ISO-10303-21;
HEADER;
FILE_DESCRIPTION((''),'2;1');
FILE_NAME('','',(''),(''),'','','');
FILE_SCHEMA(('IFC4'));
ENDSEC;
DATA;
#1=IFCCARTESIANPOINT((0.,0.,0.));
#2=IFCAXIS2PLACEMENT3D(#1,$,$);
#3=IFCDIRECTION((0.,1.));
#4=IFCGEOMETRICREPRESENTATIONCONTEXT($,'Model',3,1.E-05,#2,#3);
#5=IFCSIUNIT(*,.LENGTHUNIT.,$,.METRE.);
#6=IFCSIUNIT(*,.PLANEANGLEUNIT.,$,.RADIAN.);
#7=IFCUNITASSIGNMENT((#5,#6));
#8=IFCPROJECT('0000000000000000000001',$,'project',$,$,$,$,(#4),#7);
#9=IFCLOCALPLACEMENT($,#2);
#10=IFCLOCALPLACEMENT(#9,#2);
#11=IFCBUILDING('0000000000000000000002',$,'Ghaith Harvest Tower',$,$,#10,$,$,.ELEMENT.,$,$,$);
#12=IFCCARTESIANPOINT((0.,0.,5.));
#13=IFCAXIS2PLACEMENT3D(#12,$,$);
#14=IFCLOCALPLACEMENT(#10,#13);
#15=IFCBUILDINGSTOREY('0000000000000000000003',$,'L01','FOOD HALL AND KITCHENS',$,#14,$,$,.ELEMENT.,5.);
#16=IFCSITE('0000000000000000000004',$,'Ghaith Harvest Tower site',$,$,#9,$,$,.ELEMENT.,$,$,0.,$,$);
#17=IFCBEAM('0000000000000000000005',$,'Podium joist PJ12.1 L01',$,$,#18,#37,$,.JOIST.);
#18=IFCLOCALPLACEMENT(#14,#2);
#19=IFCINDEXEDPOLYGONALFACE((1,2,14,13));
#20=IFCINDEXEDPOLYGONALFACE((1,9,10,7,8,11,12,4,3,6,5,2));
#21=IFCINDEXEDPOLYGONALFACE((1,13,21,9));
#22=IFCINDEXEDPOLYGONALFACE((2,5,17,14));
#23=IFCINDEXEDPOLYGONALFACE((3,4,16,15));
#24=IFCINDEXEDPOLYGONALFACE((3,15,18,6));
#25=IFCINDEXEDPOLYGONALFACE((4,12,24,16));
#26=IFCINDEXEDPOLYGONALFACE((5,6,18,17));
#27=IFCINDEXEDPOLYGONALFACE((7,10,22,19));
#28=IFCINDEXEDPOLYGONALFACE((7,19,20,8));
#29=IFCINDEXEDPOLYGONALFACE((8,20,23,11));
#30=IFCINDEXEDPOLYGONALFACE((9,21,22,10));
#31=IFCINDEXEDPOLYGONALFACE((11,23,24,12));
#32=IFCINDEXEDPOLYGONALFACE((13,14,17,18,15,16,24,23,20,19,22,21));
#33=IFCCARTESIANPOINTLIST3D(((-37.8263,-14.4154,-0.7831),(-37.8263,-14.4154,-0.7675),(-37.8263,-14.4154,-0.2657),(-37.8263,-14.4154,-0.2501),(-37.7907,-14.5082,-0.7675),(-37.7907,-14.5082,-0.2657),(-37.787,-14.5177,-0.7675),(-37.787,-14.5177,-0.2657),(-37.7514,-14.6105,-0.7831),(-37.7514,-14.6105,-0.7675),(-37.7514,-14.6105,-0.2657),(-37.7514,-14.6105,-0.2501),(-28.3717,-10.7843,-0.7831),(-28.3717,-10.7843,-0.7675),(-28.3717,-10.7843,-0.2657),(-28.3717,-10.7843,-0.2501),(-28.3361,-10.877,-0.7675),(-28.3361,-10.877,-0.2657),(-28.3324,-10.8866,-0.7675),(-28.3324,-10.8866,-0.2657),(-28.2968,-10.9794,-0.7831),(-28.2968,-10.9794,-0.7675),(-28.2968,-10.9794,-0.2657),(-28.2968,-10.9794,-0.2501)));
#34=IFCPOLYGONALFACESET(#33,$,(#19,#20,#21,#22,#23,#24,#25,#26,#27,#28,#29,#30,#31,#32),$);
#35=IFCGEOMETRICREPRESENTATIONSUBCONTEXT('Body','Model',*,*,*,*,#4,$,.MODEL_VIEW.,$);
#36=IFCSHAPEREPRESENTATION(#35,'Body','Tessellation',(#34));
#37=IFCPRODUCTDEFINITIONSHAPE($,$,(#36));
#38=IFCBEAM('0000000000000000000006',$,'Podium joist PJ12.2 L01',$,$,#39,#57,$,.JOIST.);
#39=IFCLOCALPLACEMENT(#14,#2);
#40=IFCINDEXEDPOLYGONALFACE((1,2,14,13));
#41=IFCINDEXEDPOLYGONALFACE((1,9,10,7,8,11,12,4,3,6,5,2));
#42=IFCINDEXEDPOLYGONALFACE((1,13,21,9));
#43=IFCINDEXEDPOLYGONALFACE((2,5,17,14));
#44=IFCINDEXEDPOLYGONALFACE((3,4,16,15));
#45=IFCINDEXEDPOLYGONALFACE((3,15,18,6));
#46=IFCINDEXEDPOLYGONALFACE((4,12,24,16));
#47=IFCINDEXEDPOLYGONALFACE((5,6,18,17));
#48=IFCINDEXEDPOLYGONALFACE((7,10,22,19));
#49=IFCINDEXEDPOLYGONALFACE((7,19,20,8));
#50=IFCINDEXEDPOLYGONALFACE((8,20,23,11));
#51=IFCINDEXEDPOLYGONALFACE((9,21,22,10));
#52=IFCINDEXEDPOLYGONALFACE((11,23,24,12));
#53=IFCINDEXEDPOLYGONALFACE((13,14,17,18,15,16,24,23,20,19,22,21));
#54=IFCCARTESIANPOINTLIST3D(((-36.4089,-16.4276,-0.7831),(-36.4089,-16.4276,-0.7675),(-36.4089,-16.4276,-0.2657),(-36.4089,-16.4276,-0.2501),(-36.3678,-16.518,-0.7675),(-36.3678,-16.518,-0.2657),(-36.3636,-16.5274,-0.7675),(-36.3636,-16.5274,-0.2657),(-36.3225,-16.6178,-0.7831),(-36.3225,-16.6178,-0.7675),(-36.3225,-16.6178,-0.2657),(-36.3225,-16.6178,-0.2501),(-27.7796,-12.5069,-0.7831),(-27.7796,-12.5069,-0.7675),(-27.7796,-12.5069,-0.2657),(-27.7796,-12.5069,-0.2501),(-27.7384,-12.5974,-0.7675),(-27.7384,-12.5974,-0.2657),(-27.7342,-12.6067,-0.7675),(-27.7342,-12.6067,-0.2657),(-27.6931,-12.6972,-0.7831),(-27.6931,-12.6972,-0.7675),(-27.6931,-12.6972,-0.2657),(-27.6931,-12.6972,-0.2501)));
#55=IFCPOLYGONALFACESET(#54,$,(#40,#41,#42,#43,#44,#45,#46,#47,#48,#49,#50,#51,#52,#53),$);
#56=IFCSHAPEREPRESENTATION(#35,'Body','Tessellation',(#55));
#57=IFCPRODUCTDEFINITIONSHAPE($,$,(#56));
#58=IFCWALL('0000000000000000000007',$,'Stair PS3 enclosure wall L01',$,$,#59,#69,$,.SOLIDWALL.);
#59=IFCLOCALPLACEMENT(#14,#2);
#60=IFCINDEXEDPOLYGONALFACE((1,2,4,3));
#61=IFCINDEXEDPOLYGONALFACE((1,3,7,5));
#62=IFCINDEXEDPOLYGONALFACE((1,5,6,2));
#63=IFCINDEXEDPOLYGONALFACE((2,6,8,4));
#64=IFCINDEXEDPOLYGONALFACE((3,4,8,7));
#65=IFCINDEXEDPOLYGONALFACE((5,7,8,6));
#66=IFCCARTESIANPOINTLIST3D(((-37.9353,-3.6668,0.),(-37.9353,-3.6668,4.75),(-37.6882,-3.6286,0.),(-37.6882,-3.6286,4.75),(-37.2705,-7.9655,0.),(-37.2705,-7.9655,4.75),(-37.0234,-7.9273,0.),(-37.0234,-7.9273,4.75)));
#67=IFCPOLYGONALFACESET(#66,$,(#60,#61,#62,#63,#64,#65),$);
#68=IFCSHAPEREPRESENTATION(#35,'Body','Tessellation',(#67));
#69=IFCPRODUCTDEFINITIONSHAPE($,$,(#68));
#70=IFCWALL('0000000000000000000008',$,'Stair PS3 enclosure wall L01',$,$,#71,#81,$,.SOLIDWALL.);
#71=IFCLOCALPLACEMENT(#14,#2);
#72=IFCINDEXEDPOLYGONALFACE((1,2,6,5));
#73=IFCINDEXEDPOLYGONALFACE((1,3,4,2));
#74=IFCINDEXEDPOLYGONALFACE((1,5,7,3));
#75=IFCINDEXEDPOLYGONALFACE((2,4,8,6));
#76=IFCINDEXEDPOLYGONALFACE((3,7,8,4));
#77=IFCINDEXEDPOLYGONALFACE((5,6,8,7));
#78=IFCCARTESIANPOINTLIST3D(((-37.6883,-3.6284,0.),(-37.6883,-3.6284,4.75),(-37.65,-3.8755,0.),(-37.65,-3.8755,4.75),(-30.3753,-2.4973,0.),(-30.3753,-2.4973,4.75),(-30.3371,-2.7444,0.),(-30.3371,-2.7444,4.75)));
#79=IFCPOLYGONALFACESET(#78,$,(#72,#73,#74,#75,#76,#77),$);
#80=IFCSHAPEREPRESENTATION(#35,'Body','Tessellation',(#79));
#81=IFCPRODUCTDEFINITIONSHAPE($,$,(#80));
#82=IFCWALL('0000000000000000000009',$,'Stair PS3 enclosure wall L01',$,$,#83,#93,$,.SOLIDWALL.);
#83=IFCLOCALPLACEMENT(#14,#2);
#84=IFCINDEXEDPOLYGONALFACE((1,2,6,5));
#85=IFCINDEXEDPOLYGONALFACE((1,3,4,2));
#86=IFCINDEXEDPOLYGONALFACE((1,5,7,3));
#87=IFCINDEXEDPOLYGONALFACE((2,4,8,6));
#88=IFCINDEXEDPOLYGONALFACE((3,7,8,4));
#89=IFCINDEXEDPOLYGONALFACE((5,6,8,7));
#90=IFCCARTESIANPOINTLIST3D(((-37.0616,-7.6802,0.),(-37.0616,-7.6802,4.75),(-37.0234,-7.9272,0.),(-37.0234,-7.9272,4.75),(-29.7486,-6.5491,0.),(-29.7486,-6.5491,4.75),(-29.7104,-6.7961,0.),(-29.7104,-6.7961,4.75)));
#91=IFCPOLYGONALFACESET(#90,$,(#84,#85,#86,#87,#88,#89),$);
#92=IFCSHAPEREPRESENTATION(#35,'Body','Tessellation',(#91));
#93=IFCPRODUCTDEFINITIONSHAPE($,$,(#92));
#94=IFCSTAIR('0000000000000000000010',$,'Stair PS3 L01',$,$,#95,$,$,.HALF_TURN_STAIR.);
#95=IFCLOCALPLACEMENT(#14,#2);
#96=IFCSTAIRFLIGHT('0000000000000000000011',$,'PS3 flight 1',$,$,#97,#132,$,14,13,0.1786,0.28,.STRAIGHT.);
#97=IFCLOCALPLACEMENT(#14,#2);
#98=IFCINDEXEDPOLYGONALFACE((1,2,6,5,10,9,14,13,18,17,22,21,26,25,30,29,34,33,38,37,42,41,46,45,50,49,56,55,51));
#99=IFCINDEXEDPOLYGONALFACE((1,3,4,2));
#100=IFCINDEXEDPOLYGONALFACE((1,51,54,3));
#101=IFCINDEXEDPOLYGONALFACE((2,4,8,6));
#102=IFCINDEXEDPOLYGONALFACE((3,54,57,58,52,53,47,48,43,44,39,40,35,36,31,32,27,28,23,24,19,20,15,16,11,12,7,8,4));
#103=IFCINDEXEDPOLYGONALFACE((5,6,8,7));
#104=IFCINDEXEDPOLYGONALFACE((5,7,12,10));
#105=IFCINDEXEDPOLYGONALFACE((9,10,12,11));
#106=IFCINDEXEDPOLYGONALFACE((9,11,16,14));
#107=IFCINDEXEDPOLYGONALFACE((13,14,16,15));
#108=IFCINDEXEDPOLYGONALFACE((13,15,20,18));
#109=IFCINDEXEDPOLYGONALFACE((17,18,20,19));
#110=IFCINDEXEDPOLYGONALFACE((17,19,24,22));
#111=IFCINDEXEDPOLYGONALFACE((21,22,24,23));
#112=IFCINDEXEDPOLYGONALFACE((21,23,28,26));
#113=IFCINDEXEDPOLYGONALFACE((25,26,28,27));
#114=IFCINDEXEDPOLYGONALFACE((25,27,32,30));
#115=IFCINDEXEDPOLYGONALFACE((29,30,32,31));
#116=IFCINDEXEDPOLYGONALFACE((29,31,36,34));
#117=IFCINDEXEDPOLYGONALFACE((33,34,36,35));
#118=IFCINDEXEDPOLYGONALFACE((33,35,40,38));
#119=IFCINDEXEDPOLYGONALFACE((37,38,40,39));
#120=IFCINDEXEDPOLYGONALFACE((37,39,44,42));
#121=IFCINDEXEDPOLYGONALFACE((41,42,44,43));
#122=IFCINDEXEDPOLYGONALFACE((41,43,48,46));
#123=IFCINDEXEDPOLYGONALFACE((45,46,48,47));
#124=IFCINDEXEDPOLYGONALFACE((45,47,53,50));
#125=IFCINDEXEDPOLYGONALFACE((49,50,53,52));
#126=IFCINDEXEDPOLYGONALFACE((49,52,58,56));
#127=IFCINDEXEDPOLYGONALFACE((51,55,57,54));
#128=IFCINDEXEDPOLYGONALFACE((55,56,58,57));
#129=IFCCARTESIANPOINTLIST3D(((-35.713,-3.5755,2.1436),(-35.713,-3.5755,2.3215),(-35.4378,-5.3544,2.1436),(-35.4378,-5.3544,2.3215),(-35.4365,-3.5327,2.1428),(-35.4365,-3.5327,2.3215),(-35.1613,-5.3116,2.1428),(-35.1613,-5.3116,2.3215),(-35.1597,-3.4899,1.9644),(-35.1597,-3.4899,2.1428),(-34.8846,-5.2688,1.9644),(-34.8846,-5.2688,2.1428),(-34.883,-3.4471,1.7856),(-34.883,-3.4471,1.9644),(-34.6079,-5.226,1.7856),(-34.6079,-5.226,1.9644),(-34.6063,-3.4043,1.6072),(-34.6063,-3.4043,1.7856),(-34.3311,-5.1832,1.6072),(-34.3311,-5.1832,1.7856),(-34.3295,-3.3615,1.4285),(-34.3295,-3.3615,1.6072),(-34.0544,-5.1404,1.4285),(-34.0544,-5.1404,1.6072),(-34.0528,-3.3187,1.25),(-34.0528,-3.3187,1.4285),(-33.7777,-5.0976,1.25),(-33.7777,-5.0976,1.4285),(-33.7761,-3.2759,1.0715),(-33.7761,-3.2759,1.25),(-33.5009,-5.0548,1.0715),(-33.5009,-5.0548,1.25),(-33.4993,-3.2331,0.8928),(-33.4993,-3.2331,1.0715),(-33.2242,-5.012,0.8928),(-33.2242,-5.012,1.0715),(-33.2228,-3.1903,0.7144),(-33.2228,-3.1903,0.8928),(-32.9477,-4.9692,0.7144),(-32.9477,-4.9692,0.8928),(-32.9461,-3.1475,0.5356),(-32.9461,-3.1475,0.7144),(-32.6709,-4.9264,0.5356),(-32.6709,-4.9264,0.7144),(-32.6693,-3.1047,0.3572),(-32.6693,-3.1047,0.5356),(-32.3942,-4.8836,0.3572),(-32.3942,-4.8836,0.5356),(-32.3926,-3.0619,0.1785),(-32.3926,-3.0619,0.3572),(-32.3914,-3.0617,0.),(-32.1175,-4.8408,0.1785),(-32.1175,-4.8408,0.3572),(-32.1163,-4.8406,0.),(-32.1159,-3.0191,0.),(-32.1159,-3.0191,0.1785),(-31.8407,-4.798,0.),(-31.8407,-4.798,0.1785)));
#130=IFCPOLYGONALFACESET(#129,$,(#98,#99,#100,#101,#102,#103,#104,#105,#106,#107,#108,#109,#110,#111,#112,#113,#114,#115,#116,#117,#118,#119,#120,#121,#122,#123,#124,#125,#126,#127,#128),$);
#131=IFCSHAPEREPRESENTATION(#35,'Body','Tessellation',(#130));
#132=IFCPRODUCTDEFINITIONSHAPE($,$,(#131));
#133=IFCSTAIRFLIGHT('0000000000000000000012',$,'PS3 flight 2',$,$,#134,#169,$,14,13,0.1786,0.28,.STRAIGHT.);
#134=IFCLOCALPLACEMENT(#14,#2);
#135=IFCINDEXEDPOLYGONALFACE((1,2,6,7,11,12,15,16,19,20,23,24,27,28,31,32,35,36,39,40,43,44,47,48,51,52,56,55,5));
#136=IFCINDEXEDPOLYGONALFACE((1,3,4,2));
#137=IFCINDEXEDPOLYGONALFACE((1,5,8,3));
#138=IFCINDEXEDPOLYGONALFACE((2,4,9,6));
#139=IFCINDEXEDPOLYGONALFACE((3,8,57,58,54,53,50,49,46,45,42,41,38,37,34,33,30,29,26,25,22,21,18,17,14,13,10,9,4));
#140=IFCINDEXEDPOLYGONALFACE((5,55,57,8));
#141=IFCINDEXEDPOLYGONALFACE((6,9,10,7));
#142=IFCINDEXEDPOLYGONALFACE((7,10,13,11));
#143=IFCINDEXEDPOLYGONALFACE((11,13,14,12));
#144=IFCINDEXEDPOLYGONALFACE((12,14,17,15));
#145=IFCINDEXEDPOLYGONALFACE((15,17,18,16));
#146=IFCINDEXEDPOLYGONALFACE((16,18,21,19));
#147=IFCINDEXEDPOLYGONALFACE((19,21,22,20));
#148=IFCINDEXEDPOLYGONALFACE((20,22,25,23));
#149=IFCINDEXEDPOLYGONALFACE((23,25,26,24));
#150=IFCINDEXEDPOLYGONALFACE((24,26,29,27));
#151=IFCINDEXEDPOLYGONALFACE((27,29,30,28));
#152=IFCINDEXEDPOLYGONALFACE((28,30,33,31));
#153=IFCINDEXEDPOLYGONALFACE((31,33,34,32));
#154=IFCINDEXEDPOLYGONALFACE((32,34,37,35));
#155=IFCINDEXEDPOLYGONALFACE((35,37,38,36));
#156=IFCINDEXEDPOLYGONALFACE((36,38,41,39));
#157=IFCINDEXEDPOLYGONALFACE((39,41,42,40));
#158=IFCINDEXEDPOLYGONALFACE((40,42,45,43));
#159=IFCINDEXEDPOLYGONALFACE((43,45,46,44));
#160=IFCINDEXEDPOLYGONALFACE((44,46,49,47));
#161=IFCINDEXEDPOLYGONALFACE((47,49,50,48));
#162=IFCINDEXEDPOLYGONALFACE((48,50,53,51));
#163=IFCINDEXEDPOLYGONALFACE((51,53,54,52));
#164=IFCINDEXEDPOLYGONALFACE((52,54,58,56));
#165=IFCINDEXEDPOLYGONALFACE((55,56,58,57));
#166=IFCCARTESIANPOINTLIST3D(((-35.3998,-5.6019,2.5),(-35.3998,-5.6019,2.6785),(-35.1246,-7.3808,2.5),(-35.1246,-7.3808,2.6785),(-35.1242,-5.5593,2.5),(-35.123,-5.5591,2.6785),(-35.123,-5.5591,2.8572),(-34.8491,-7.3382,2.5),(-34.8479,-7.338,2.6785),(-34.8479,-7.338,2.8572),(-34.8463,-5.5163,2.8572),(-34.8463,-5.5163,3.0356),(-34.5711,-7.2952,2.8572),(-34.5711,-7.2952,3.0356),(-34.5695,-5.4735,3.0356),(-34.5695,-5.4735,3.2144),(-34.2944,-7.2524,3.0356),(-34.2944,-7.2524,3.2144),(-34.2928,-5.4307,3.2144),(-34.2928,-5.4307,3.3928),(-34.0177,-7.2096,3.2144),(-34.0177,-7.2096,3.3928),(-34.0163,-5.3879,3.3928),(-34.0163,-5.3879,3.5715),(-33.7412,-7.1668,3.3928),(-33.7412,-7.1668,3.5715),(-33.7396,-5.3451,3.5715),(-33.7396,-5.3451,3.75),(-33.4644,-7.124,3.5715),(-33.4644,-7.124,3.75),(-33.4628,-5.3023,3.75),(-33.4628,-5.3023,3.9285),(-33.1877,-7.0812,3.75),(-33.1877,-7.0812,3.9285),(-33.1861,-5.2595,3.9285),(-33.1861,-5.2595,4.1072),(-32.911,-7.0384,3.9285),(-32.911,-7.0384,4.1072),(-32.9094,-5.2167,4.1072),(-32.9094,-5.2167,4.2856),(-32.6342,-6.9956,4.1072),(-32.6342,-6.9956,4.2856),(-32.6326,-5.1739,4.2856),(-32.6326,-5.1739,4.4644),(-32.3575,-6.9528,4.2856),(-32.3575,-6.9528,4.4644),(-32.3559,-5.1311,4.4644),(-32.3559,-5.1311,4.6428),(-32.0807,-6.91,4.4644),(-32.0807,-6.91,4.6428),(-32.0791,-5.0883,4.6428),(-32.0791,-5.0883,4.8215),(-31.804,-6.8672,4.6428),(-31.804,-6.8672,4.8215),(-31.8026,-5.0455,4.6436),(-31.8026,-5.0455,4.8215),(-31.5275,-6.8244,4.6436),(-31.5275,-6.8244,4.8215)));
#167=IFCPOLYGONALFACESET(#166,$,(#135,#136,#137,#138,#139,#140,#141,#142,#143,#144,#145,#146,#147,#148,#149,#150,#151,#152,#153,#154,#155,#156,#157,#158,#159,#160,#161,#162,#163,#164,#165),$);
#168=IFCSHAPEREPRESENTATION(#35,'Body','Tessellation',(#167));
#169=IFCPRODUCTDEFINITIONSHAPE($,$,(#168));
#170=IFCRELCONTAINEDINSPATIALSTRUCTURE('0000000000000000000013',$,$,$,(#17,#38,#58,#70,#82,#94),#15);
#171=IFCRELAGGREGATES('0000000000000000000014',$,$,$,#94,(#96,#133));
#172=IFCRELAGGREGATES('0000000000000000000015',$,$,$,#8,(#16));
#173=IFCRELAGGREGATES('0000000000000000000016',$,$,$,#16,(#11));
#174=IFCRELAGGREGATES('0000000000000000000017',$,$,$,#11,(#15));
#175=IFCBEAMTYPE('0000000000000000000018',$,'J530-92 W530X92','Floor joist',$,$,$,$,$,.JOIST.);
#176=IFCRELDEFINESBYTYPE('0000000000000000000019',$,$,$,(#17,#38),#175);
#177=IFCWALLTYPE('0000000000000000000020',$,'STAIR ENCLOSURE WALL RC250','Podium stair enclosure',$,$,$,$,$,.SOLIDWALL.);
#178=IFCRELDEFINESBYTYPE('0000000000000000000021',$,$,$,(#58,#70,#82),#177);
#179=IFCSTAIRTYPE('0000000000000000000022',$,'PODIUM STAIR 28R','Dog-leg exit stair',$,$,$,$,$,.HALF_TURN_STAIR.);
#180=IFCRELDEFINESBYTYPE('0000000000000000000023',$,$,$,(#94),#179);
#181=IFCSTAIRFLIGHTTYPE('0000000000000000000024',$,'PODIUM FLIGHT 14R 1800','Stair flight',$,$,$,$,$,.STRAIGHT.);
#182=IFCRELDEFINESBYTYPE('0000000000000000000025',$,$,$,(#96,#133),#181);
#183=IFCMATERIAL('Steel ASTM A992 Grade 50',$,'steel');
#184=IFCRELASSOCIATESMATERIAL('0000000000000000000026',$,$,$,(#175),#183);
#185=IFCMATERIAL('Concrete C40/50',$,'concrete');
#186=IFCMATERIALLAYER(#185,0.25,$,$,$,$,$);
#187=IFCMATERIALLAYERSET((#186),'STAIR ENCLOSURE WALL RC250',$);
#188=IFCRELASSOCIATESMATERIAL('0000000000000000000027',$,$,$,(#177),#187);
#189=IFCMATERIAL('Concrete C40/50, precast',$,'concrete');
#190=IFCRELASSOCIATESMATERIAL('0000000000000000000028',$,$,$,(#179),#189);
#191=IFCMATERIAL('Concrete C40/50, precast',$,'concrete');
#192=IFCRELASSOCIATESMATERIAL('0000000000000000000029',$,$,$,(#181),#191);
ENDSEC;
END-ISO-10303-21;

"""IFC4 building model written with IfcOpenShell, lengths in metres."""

from ifc_helpers import new_model, si_unit, direction, frame, frame_2d, origin, origin_2d, place, context, subcontext, project, spatial, polyline, rectangle, i_section, outline, extrude, material, layer, layer_set, material_profile, profile_set, type_object, element, aggregate, save


model = new_model("IFC4")

# Units and contexts
model_context = context("Model", 3, precision=1e-05, world=origin(), true_north=direction((0.0, 1.0)))
body_context = subcontext(model_context, "Body", "Model", "MODEL_VIEW")
ifc_project = project(units=[si_unit("LENGTHUNIT", "METRE"), si_unit("PLANEANGLEUNIT", "RADIAN")], contexts=[model_context])

# Site, building, storey
site_placement = place(None, origin())
site = spatial("IfcSite", under=ifc_project, at=site_placement, Name="Ghaith Harvest Tower site", CompositionType="ELEMENT", RefElevation=0.0)
building_placement = place(site_placement, origin())
building = spatial("IfcBuilding", under=site, at=building_placement, Name="Ghaith Harvest Tower", CompositionType="ELEMENT")
storey_placement = place(building_placement, frame((0.0, 0.0, 5.0)))
storey = spatial("IfcBuildingStorey", under=building, at=storey_placement, Name="L01", Description="FOOD HALL AND KITCHENS", CompositionType="ELEMENT", Elevation=5.0)

# Beams
ifc_material_1 = material(Name="Steel ASTM A992 Grade 50", Category="steel")
ifc_material_profile_1 = material_profile(ifc_material_1, i_section(OverallWidth=0.209, OverallDepth=0.533, WebThickness=0.0103, FlangeThickness=0.0156, at=origin_2d()), Name="W530X92")
ifc_profile_set_1 = profile_set([ifc_material_profile_1], Name="Steel ASTM A992 Grade 50")
beam_type_1 = type_object("IfcBeamType", Name="J530-92 W530X92", Description="Floor joist", PredefinedType="JOIST", material=ifc_profile_set_1)
beam_1_placement = place(storey_placement, frame((-28.3342, -10.8818, -0.5166), z_axis=(-0.93352, -0.358525, 0.0), x_axis=(0.358525, -0.93352, 0.0)))
element("IfcBeam", 1, at=beam_1_placement, inside=storey, type_object=beam_type_1, Name="Podium joist PJ12.1 L01", PredefinedType="JOIST", context=body_context, shape_type="SweptSolid", body=[
    extrude(i_section(OverallWidth=0.209, OverallDepth=0.533, WebThickness=0.0103, FlangeThickness=0.0156, at=origin_2d()), origin(), (0.0, 0.0, 1.0), 10.1279),
])
beam_2_placement = place(storey_placement, frame((-27.7363, -12.6021, -0.5166), z_axis=(-0.910438, -0.413646, 0.0), x_axis=(0.413646, -0.910438, 0.0)))
element("IfcBeam", 2, at=beam_2_placement, inside=storey, type_object=beam_type_1, Name="Podium joist PJ12.2 L01", PredefinedType="JOIST", context=body_context, shape_type="SweptSolid", body=[
    extrude(i_section(OverallWidth=0.209, OverallDepth=0.533, WebThickness=0.0103, FlangeThickness=0.0156, at=origin_2d()), origin(), (0.0, 0.0, 1.0), 9.4783),
])

# Shared definitions
ifc_material_2 = material(Name="Concrete C40/50", Category="concrete")
ifc_layer = layer(ifc_material_2, 0.25)
ifc_layer_set = layer_set([ifc_layer], Name="STAIR ENCLOSURE WALL RC250")
wall_type = type_object("IfcWallType", Name="STAIR ENCLOSURE WALL RC250", Description="Podium stair enclosure", PredefinedType="SOLIDWALL", material=ifc_layer_set)

# Walls
wall_1_placement = place(storey_placement, frame((-37.147, -7.9463, 0.0), z_axis=(0.0, 0.0, 1.0), x_axis=(-0.152829, 0.988253, 0.0)))
element("IfcWall", 3, at=wall_1_placement, inside=storey, type_object=wall_type, Name="Stair PS3 enclosure wall L01", PredefinedType="SOLIDWALL", context=body_context, shape_type="SweptSolid", body=[
    extrude(rectangle(XDim=4.3499, YDim=0.25, at=frame_2d((2.1748, 0.0))), origin(), (0.0, 0.0, 1.0), 4.75),
])
for number, where, z_axis, x_axis, name in (
    (4, (-30.3562, -2.6208, 0.0), (0.0, 0.0, 1.0), (-0.988249, -0.152853, 0.0), "Stair PS3 enclosure wall L01"),
    (5, (-37.0425, -7.8037, 0.0), (0.0, 0.0, 1.0), (0.988249, 0.152853, 0.0), "Stair PS3 enclosure wall L01"),
):
    element("IfcWall", number, at=place(storey_placement, frame(where, z_axis=z_axis, x_axis=x_axis)), inside=storey, type_object=wall_type, Name=name, PredefinedType="SOLIDWALL", context=body_context, shape_type="SweptSolid", body=[
        extrude(rectangle(XDim=7.3999, YDim=0.25, at=frame_2d((3.7, 0.0))), origin(), (0.0, 0.0, 1.0), 4.75),
    ])

# Stair, stair flights
ifc_material_3 = material(Name="Concrete C40/50, precast", Category="concrete")
stair_type = type_object("IfcStairType", Name="PODIUM STAIR 28R", Description="Dog-leg exit stair", PredefinedType="HALF_TURN_STAIR", material=ifc_material_3)
stair_placement = place(storey_placement, origin())
stair = element("IfcStair", 6, at=stair_placement, inside=storey, type_object=stair_type, Name="Stair PS3 L01", PredefinedType="HALF_TURN_STAIR")
ifc_material_4 = material(Name="Concrete C40/50, precast", Category="concrete")
stair_flight_type = type_object("IfcStairFlightType", Name="PODIUM FLIGHT 14R 1800", Description="Stair flight", PredefinedType="STRAIGHT", material=ifc_material_4)
stair_flight_1_placement = place(storey_placement, frame((-31.9783, -3.9087, 0.0), z_axis=(0.0, 0.0, 1.0), x_axis=(-0.988249, -0.152851, 0.0)))
stair_flight_1 = element("IfcStairFlight", 7, at=stair_flight_1_placement, type_object=stair_flight_type, Name="PS3 flight 1", NumberOfRisers=14, NumberOfTreads=13, PredefinedType="STRAIGHT", RiserHeight=0.1786, TreadLength=0.28, context=body_context, shape_type="SweptSolid", body=[
    extrude(outline(polyline([(0.0, 0.0), (0.0, 0.1785), (0.28, 0.1785), (0.28, 0.3572), (0.5601, 0.3572), (0.5601, 0.5356), (0.8401, 0.5356), (0.8401, 0.7144), (1.1201, 0.7144), (1.1201, 0.8928), (1.3999, 0.8928), (1.3999, 1.0715), (1.6799, 1.0715), (1.6799, 1.25), (1.96, 1.25), (1.96, 1.4285), (2.24, 1.4285), (2.24, 1.6072), (2.52, 1.6072), (2.52, 1.7856), (2.8, 1.7856), (2.8, 1.9644), (3.0801, 1.9644), (3.0801, 2.1428), (3.3601, 2.1428), (3.3601, 2.3215), (3.6399, 2.3215), (3.6399, 2.5), (3.6399, 2.1436), (0.2788, 0.0), (0.0, 0.0)])), frame((0.0, 0.8999, 0.0), z_axis=(0.0, -1.0, 0.0), x_axis=(1.0, 0.0, 0.0)), (0.0, 0.0, 1.0), 1.8),
])
stair_flight_2_placement = place(storey_placement, frame((-35.2622, -6.4912, 2.5), z_axis=(0.0, 0.0, 1.0), x_axis=(0.988249, 0.152851, 0.0)))
stair_flight_2 = element("IfcStairFlight", 8, at=stair_flight_2_placement, type_object=stair_flight_type, Name="PS3 flight 2", NumberOfRisers=14, NumberOfTreads=13, PredefinedType="STRAIGHT", RiserHeight=0.1786, TreadLength=0.28, context=body_context, shape_type="SweptSolid", body=[
    extrude(outline(polyline([(0.0, 0.0), (0.0, 0.1785), (0.28, 0.1785), (0.28, 0.3572), (0.5601, 0.3572), (0.5601, 0.5356), (0.8401, 0.5356), (0.8401, 0.7144), (1.1201, 0.7144), (1.1201, 0.8928), (1.3999, 0.8928), (1.3999, 1.0715), (1.6799, 1.0715), (1.6799, 1.25), (1.96, 1.25), (1.96, 1.4285), (2.24, 1.4285), (2.24, 1.6072), (2.52, 1.6072), (2.52, 1.7856), (2.8, 1.7856), (2.8, 1.9644), (3.0801, 1.9644), (3.0801, 2.1428), (3.3601, 2.1428), (3.3601, 2.3215), (3.6399, 2.3215), (3.6399, 2.5), (3.6399, 2.1436), (0.2788, 0.0), (0.0, 0.0)])), frame((0.0, 0.8999, 0.0), z_axis=(0.0, -1.0, 0.0), x_axis=(1.0, 0.0, 0.0)), (0.0, 0.0, 1.0), 1.8),
])
aggregate(stair, [stair_flight_1, stair_flight_2])

save(model, "model.ifc")
